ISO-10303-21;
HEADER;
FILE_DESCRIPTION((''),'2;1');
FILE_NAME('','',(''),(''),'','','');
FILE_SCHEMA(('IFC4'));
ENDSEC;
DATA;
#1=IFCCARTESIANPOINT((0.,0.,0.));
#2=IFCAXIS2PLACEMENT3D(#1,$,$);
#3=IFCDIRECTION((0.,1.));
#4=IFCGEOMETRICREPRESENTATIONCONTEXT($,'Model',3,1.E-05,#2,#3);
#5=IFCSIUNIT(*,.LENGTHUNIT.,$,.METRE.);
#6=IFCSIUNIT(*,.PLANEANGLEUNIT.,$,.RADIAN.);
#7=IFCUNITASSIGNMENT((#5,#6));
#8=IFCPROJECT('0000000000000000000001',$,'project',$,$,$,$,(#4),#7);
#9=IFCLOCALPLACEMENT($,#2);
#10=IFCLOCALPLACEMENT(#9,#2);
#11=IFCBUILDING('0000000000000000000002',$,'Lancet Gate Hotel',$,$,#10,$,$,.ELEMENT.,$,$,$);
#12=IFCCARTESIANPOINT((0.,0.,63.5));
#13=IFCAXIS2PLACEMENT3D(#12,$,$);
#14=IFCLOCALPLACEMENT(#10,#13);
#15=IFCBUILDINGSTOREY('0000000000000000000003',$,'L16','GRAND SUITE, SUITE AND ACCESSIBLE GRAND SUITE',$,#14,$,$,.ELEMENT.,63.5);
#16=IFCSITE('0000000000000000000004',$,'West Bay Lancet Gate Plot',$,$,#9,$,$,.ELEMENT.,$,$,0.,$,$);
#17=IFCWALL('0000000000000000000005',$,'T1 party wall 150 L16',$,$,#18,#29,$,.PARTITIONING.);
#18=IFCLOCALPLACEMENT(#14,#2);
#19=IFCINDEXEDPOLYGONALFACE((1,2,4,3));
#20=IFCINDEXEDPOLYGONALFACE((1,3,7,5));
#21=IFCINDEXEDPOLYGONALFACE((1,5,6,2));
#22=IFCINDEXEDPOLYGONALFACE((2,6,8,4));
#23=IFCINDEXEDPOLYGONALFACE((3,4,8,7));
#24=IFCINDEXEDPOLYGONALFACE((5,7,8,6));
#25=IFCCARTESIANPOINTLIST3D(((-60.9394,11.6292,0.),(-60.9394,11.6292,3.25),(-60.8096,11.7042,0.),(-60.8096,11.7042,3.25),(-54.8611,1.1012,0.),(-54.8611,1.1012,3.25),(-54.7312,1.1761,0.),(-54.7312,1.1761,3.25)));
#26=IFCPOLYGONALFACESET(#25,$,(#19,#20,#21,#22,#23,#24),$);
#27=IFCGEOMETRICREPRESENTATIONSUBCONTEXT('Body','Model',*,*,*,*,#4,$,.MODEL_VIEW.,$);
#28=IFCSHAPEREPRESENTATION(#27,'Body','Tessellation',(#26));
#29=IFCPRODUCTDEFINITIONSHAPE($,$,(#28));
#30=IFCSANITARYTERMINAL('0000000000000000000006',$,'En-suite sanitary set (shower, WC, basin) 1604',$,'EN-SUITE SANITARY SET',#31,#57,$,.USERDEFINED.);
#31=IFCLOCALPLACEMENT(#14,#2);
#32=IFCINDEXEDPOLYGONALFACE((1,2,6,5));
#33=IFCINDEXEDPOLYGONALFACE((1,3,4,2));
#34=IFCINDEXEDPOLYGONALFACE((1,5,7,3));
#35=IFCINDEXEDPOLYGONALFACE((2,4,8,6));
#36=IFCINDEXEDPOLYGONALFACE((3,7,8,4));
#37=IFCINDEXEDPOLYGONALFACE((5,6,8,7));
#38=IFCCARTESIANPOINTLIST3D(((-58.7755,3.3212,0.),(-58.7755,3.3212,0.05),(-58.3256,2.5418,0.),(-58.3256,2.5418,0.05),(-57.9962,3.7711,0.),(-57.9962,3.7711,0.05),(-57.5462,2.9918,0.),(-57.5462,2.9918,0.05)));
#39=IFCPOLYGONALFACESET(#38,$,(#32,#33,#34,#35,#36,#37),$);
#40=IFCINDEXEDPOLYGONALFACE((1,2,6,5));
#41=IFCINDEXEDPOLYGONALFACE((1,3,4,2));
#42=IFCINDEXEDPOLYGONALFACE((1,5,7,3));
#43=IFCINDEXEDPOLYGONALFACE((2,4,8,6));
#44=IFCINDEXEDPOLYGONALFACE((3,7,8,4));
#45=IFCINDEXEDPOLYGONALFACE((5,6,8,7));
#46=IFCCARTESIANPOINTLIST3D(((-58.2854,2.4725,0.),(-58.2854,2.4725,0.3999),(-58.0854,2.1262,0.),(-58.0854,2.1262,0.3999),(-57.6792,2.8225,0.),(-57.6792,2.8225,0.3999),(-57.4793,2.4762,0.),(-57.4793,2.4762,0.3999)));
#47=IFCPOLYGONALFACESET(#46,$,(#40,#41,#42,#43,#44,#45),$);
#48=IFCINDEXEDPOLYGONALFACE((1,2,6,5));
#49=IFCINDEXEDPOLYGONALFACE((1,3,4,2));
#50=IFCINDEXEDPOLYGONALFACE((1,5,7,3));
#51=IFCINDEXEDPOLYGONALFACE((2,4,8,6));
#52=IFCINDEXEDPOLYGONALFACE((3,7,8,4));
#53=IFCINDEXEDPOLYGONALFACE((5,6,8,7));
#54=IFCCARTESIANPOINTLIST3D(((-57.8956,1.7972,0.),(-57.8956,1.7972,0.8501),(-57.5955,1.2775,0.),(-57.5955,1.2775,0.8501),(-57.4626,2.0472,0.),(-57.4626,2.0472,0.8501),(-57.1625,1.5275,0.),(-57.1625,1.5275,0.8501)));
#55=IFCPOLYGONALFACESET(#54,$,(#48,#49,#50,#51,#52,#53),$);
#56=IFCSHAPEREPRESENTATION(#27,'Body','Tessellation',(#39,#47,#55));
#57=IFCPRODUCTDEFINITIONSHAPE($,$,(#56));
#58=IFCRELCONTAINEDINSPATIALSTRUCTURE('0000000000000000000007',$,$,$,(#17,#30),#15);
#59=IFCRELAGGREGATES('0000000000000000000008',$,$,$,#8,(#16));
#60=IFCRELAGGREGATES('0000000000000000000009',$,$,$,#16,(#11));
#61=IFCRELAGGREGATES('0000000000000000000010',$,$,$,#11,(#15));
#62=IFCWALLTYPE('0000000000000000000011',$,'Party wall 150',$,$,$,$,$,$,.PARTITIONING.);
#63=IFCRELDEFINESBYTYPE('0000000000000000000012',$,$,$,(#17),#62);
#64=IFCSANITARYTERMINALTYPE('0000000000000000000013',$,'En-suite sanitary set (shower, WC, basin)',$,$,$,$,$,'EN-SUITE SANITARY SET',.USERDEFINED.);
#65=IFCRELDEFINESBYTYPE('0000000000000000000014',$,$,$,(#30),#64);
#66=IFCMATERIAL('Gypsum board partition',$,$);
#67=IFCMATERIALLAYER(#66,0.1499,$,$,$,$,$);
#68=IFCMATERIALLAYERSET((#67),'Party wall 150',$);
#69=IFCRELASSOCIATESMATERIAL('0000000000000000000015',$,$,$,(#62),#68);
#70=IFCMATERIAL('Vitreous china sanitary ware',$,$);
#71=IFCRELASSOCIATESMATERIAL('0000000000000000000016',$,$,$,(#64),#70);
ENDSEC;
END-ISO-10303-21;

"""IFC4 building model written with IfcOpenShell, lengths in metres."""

from ifc_helpers import new_model, si_unit, direction, frame, frame_2d, origin, origin_2d, place, context, subcontext, project, spatial, rectangle, extrude, material, layer, layer_set, type_object, element, save


model = new_model("IFC4")

# Units and contexts
model_context = context("Model", 3, precision=1e-05, world=origin(), true_north=direction((0.0, 1.0)))
body_context = subcontext(model_context, "Body", "Model", "MODEL_VIEW")
ifc_project = project(units=[si_unit("LENGTHUNIT", "METRE"), si_unit("PLANEANGLEUNIT", "RADIAN")], contexts=[model_context])

# Site, building, storey
site_placement = place(None, origin())
site = spatial("IfcSite", under=ifc_project, at=site_placement, Name="West Bay Lancet Gate Plot", CompositionType="ELEMENT", RefElevation=0.0)
building_placement = place(site_placement, origin())
building = spatial("IfcBuilding", under=site, at=building_placement, Name="Lancet Gate Hotel", CompositionType="ELEMENT")
storey_placement = place(building_placement, frame((0.0, 0.0, 63.5)))
storey = spatial("IfcBuildingStorey", under=building, at=storey_placement, Name="L16", Description="GRAND SUITE, SUITE AND ACCESSIBLE GRAND SUITE", CompositionType="ELEMENT", Elevation=63.5)

# Wall
ifc_material_1 = material(Name="Gypsum board partition")
ifc_layer_1 = layer(ifc_material_1, 0.1499)
ifc_layer_set_1 = layer_set([ifc_layer_1], Name="Party wall 150")
wall_type_1 = type_object("IfcWallType", Name="Party wall 150", PredefinedType="PARTITIONING", material=ifc_layer_set_1)
wall_1_placement = place(storey_placement, frame((-54.7961, 1.1387, 0.0), z_axis=(0.0, 0.0, 1.0), x_axis=(-0.499999, 0.866026, 0.0)))
element("IfcWall", 1, at=wall_1_placement, inside=storey, type_object=wall_type_1, Name="T1 party wall 150 L16", PredefinedType="PARTITIONING", context=body_context, shape_type="SweptSolid", body=[
    extrude(rectangle(XDim=12.1567, YDim=0.1499, at=frame_2d((6.0784, 0.0))), origin(), (0.0, 0.0, 1.0), 3.25),
])

# Sanitary terminal
ifc_material_2 = material(Name="Vitreous china sanitary ware")
sanitary_terminal_type = type_object("IfcSanitaryTerminalType", Name="En-suite sanitary set (shower, WC, basin)", ElementType="EN-SUITE SANITARY SET", PredefinedType="USERDEFINED", material=ifc_material_2)
sanitary_terminal_placement = place(storey_placement, frame((-58.1609, 3.1565, 0.0), z_axis=(0.0, 0.0, 1.0), x_axis=(1.0, 0.0, 0.0)))
element("IfcSanitaryTerminal", 2, at=sanitary_terminal_placement, inside=storey, type_object=sanitary_terminal_type, Name="En-suite sanitary set (shower, WC, basin) 1604", ObjectType="EN-SUITE SANITARY SET", PredefinedType="USERDEFINED", context=body_context, shape_type="SweptSolid", body=[
    extrude(rectangle(XDim=0.8999, YDim=0.8999, at=origin_2d()), frame((0.0, 0.0, 0.0), z_axis=(0.0, 0.0, 1.0), x_axis=(-0.5, 0.866025, 0.0)), (0.0, 0.0, 1.0), 0.05),
    extrude(rectangle(XDim=0.3999, YDim=0.7, at=origin_2d()), frame((0.2786, -0.6821, 0.0), z_axis=(0.0, 0.0, 1.0), x_axis=(-0.5, 0.866025, 0.0)), (0.0, 0.0, 1.0), 0.3999),
    extrude(rectangle(XDim=0.6001, YDim=0.5, at=origin_2d()), frame((0.6318, -1.4941, 0.0), z_axis=(0.0, 0.0, 1.0), x_axis=(-0.5, 0.866025, 0.0)), (0.0, 0.0, 1.0), 0.8501),
])

save(model, "model.ifc")
